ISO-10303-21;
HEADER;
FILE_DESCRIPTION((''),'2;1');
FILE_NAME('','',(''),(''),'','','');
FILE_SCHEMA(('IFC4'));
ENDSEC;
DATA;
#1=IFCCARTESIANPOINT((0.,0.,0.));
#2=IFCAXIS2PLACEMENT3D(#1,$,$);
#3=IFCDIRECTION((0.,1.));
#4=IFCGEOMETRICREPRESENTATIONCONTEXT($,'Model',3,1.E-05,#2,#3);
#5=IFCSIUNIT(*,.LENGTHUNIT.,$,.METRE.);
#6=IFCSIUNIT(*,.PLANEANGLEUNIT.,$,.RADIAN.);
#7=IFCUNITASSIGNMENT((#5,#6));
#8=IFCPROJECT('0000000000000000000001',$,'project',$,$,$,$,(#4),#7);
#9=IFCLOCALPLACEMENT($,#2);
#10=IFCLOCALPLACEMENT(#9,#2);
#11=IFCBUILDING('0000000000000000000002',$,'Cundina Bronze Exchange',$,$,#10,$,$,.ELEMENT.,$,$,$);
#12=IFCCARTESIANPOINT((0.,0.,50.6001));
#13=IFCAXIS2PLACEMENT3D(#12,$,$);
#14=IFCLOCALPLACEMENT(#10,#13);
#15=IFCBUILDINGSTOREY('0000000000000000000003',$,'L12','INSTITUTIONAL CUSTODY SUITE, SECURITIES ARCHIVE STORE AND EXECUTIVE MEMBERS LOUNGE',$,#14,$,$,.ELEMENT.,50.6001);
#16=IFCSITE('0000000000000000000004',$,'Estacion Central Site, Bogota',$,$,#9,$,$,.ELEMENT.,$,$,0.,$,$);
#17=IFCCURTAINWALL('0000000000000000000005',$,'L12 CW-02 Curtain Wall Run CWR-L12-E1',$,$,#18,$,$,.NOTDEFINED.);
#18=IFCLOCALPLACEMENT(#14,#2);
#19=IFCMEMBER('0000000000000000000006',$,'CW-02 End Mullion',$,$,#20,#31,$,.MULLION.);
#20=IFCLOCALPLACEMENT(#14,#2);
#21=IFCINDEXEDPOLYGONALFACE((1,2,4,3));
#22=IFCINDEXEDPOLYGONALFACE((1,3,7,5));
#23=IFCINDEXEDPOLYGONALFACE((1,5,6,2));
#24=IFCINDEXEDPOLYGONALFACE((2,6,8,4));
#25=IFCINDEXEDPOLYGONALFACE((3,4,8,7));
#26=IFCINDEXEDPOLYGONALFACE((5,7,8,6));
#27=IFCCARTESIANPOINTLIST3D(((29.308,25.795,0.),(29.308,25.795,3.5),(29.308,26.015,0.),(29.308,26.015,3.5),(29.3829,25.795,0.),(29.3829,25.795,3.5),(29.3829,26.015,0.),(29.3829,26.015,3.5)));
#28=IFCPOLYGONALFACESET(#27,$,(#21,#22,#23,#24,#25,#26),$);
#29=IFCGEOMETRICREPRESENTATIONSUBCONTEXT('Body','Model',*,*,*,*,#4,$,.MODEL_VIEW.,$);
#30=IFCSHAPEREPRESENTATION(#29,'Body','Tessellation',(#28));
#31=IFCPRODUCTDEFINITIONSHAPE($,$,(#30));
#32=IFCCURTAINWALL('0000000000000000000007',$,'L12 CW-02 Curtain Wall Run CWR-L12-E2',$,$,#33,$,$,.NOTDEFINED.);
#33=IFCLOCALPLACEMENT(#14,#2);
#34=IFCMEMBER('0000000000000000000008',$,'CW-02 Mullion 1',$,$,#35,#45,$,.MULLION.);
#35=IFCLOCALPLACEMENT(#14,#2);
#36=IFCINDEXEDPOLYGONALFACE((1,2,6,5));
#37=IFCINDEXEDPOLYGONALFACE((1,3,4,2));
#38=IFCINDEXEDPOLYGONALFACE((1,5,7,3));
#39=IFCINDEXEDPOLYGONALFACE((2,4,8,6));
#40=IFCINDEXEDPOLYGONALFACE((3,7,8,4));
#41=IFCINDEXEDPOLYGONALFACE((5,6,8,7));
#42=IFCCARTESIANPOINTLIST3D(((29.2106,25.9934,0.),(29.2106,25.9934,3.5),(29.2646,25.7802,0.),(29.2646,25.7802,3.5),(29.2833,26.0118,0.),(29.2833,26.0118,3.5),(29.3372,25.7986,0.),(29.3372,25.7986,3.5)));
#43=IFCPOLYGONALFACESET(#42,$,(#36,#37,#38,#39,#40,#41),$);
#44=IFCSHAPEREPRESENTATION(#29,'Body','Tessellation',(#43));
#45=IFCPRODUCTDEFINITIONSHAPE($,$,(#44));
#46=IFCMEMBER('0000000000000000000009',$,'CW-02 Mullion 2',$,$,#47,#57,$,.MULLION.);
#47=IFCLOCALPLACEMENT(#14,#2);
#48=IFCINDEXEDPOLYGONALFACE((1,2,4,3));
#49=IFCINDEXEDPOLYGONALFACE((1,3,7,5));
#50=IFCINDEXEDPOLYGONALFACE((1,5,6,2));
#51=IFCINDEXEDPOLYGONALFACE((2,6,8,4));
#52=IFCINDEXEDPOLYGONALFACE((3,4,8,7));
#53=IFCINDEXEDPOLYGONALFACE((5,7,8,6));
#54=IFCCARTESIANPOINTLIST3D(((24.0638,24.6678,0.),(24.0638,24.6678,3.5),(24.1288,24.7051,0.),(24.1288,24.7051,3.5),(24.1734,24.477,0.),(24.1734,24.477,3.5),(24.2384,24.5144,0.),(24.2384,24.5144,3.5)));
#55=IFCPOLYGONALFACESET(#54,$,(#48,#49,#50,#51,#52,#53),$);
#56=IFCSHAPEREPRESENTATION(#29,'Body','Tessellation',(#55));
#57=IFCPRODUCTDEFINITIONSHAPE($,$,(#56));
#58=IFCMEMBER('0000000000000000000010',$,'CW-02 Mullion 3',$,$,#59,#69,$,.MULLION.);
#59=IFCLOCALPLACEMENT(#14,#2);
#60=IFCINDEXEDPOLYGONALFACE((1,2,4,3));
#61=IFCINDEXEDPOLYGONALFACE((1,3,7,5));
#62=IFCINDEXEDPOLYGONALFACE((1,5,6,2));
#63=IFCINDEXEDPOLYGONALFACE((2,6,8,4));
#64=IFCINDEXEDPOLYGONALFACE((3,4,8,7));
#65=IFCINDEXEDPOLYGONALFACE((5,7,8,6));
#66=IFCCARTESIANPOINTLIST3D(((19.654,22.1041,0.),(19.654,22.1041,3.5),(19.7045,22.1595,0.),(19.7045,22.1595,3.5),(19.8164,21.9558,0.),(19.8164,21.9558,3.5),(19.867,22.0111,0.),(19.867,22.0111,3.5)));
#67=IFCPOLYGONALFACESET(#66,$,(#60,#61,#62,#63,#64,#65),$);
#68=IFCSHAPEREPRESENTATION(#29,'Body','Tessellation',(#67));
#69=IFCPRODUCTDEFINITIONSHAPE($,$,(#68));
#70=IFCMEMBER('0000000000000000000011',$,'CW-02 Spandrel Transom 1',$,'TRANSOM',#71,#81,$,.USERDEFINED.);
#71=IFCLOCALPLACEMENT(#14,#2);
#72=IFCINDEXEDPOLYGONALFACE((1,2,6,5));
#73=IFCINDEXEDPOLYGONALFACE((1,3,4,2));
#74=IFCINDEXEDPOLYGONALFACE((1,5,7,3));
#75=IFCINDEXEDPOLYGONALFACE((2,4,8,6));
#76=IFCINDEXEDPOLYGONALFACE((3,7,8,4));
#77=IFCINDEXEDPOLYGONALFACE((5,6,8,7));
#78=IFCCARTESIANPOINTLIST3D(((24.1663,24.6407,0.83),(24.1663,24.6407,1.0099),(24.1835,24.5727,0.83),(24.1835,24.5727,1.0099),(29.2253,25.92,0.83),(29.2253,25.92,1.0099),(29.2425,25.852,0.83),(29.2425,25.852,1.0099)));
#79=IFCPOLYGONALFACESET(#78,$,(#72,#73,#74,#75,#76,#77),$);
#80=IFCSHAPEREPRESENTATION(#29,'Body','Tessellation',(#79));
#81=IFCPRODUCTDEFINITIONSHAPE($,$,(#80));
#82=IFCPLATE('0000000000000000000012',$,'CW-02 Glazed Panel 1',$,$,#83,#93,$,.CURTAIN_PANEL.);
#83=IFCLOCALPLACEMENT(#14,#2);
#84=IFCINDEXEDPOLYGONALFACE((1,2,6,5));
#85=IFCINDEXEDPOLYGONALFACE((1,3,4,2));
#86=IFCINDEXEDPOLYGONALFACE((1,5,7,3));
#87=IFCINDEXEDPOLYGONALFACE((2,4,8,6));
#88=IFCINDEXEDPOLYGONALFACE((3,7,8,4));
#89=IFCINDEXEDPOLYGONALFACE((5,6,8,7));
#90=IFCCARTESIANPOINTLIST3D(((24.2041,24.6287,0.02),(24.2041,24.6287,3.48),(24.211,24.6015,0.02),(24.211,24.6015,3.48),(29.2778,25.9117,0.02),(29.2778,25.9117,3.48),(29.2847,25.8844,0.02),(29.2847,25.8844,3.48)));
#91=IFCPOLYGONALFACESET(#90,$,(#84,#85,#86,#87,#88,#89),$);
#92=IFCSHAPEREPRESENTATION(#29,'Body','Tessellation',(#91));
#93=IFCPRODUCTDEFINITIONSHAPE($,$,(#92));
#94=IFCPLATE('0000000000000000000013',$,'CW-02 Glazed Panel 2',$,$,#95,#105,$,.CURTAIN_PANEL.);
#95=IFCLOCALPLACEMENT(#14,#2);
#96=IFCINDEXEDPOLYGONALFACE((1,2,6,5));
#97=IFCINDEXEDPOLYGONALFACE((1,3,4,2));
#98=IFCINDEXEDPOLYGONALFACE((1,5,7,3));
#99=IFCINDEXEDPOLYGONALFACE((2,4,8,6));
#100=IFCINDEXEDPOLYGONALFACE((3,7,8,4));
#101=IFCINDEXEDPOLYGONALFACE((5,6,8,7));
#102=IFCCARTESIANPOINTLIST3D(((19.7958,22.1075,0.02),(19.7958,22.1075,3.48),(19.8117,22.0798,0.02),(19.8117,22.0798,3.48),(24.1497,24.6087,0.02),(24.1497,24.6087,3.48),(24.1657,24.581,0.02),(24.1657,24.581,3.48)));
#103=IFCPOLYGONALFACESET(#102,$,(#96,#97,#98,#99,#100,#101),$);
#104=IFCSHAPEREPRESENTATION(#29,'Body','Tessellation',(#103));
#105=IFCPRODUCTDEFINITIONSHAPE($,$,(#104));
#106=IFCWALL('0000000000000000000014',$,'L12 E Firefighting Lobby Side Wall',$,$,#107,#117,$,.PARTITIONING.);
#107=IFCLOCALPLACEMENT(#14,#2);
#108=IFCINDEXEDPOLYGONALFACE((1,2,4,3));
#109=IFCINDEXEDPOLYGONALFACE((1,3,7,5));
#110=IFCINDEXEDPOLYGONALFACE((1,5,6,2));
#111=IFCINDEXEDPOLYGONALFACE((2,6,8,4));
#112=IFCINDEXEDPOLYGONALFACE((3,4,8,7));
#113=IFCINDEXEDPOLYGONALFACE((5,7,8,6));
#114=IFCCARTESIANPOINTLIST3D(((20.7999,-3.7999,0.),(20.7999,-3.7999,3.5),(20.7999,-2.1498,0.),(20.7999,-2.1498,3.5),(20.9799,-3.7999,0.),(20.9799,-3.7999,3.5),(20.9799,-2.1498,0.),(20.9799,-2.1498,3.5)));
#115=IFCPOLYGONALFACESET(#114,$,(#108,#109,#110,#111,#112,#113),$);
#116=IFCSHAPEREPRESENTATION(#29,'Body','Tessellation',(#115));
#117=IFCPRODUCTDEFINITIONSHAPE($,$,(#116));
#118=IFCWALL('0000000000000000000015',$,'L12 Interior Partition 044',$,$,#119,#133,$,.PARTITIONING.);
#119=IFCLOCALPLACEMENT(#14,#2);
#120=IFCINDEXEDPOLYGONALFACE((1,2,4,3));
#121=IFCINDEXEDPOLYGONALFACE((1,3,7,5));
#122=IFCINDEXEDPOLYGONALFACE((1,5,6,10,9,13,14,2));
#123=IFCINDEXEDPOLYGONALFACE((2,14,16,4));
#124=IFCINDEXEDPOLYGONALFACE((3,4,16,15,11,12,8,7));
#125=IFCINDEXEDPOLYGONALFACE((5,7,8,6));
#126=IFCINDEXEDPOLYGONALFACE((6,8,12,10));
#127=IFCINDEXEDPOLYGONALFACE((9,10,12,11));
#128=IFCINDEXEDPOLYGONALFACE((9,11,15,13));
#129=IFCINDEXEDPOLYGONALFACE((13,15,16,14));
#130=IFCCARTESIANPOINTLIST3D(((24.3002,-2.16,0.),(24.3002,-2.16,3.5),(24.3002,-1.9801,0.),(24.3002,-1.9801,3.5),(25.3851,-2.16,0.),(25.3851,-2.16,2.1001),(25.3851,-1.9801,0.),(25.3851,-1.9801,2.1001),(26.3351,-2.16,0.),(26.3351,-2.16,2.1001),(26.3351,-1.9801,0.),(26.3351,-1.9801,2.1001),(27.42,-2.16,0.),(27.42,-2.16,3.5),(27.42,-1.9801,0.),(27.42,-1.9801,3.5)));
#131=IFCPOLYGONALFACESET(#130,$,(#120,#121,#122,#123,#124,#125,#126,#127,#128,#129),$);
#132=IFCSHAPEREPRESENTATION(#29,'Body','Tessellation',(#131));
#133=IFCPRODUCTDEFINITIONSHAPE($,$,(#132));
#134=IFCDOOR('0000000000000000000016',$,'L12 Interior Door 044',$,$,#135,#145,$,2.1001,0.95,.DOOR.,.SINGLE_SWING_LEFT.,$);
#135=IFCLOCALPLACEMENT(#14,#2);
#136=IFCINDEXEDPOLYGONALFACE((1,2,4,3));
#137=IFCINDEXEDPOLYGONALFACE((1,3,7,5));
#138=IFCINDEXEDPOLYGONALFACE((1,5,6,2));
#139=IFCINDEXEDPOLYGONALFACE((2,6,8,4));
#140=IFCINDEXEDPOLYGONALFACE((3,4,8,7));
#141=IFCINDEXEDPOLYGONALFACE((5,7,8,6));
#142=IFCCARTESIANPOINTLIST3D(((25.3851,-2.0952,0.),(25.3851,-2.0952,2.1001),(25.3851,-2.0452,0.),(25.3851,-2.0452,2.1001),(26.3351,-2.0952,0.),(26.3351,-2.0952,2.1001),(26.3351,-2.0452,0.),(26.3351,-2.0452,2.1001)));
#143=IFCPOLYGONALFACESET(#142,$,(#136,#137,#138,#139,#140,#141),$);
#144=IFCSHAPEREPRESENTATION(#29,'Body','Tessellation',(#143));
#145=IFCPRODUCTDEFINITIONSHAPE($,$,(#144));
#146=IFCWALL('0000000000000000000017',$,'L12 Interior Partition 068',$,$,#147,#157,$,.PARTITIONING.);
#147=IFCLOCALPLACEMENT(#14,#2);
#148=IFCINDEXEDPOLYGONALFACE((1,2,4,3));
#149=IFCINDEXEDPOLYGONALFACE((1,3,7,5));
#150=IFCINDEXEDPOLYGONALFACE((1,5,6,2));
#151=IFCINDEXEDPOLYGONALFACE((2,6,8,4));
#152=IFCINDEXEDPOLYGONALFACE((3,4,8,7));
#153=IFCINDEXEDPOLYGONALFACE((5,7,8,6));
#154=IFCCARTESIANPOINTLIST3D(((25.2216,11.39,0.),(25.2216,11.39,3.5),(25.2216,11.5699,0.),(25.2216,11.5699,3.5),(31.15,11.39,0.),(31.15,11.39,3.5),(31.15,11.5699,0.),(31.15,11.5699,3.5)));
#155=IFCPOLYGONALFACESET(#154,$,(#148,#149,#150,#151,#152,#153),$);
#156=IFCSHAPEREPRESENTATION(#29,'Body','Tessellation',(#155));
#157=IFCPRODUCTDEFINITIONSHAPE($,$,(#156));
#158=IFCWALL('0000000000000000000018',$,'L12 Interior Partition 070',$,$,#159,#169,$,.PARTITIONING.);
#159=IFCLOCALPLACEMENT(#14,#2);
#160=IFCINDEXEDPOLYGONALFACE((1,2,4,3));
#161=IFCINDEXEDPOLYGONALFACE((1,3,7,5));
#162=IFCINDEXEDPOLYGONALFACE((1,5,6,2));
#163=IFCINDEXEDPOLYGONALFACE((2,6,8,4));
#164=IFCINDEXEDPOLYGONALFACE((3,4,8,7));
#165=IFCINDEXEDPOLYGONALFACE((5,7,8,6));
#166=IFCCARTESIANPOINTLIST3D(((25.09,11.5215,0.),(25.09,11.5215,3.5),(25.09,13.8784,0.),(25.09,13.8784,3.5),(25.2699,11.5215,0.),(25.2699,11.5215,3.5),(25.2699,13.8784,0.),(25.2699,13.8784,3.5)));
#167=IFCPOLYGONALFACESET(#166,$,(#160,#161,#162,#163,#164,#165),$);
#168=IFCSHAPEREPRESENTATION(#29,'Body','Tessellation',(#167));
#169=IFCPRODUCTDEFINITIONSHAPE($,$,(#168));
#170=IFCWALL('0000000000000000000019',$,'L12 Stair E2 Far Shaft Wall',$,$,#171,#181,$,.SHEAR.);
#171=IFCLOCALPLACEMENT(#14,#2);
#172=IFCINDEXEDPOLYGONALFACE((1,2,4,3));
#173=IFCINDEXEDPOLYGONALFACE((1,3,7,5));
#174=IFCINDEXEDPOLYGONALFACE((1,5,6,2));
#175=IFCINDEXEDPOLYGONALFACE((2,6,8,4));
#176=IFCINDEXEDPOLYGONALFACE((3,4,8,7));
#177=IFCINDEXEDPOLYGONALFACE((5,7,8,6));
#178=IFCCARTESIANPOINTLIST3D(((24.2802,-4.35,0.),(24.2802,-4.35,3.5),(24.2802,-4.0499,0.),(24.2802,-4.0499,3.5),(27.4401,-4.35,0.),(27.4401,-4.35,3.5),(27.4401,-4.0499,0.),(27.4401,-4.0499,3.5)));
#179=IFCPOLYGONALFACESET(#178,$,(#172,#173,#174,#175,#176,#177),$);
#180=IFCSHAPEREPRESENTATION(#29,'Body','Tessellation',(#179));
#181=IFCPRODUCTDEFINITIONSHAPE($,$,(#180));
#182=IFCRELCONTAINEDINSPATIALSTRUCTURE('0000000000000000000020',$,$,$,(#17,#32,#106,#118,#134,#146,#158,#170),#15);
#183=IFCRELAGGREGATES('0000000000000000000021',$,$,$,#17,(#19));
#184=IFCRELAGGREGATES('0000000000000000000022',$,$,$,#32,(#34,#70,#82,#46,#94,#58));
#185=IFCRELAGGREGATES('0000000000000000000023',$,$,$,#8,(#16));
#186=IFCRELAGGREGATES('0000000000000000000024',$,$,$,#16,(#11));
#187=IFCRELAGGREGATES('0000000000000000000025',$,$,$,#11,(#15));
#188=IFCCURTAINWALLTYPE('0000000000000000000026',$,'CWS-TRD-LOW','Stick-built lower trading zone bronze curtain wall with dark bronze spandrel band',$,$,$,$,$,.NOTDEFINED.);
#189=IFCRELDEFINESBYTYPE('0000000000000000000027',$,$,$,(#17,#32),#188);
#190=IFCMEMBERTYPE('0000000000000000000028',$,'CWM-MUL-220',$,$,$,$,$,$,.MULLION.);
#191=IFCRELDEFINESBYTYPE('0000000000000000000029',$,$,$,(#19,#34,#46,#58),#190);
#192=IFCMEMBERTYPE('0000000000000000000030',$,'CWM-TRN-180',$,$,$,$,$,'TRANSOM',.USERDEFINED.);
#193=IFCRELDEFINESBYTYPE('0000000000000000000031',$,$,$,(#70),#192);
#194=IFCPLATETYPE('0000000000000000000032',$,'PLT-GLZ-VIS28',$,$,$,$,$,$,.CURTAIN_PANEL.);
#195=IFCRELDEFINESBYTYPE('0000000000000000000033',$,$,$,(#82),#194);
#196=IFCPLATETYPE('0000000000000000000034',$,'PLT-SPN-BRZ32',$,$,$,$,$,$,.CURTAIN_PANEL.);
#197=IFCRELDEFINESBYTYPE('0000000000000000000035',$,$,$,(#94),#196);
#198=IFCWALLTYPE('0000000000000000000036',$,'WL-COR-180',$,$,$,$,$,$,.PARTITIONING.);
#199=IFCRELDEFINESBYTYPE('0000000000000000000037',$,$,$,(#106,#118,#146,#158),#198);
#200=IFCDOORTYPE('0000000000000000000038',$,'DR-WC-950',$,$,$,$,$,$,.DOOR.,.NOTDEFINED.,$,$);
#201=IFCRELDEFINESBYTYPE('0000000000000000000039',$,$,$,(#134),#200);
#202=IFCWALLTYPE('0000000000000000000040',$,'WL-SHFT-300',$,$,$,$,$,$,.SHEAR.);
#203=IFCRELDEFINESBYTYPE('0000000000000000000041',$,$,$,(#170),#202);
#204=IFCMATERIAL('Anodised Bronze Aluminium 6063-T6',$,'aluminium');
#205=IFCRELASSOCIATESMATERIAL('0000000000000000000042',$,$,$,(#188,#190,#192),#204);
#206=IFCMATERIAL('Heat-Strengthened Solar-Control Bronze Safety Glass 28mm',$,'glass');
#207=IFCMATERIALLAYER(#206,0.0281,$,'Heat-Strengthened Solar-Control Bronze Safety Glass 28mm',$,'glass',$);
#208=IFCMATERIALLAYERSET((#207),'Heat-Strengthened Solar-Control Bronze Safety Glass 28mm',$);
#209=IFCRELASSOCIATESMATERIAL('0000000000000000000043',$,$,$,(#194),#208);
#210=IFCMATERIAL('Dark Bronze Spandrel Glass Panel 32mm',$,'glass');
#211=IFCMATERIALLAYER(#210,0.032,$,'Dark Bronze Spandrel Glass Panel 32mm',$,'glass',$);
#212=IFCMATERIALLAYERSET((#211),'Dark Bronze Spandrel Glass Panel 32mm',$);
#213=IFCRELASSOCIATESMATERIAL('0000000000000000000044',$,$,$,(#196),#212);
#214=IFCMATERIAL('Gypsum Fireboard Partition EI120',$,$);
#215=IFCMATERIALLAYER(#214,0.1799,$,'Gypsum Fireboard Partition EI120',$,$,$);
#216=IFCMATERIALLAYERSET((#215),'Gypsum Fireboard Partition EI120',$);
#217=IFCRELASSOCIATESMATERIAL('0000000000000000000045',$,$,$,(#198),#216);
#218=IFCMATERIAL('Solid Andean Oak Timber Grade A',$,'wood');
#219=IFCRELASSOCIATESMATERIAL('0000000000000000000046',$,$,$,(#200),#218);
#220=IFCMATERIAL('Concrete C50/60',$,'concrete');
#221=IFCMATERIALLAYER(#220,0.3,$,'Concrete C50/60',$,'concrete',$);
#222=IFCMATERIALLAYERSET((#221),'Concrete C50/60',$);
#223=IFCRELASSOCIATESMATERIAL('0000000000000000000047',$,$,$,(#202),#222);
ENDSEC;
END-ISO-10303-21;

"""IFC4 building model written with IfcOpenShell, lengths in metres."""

from ifc_helpers import new_model, si_unit, direction, frame, frame_2d, origin, origin_2d, place, context, subcontext, project, spatial, rectangle, extrude, material, layer, layer_set, material_profile, profile_set, type_object, element, fill, aggregate, save


model = new_model("IFC4")

# Units and contexts
model_context = context("Model", 3, precision=1e-05, world=origin(), true_north=direction((0.0, 1.0)))
body_context = subcontext(model_context, "Body", "Model", "MODEL_VIEW")
ifc_project = project(units=[si_unit("LENGTHUNIT", "METRE"), si_unit("PLANEANGLEUNIT", "RADIAN")], contexts=[model_context])

# Site, building, storey
site_placement = place(None, origin())
site = spatial("IfcSite", under=ifc_project, at=site_placement, Name="Estacion Central Site, Bogota", CompositionType="ELEMENT", RefElevation=0.0)
building_placement = place(site_placement, origin())
building = spatial("IfcBuilding", under=site, at=building_placement, Name="Cundina Bronze Exchange", CompositionType="ELEMENT")
storey_placement = place(building_placement, frame((0.0, 0.0, 50.6001)))
storey = spatial("IfcBuildingStorey", under=building, at=storey_placement, Name="L12", Description="INSTITUTIONAL CUSTODY SUITE, SECURITIES ARCHIVE STORE AND EXECUTIVE MEMBERS LOUNGE", CompositionType="ELEMENT", Elevation=50.6001)

# Curtain wall, member
ifc_material_1 = material(Name="Anodised Bronze Aluminium 6063-T6", Category="aluminium")
curtain_wall_type = type_object("IfcCurtainWallType", Name="CWS-TRD-LOW", Description="Stick-built lower trading zone bronze curtain wall with dark bronze spandrel band", PredefinedType="NOTDEFINED", material=ifc_material_1)
curtain_wall_1_placement = place(storey_placement, origin())
curtain_wall_1 = element("IfcCurtainWall", 1, at=curtain_wall_1_placement, inside=storey, type_object=curtain_wall_type, Name="L12 CW-02 Curtain Wall Run CWR-L12-E1", PredefinedType="NOTDEFINED")
ifc_material_profile_1 = material_profile(ifc_material_1, rectangle(XDim=0.075, YDim=0.22, at=origin_2d()), Name="AL75X220", Category="aluminium")
ifc_profile_set_1 = profile_set([ifc_material_profile_1], Name="Anodised Bronze Aluminium 6063-T6")
member_type_1 = type_object("IfcMemberType", Name="CWM-MUL-220", PredefinedType="MULLION", material=ifc_profile_set_1)
member_1_placement = place(storey_placement, frame((29.3455, 25.905, 0.0), z_axis=(0.0, 0.0, 1.0), x_axis=(-1.0, 0.0, 0.0)))
member_1 = element("IfcMember", 2, at=member_1_placement, type_object=member_type_1, Name="CW-02 End Mullion", PredefinedType="MULLION", context=body_context, shape_type="SweptSolid", body=[
    extrude(rectangle(XDim=0.075, YDim=0.22, at=origin_2d()), origin(), (0.0, 0.0, 1.0), 3.5),
])
aggregate(curtain_wall_1, [member_1])

# Curtain wall, members, plates
curtain_wall_2_placement = place(storey_placement, origin())
curtain_wall_2 = element("IfcCurtainWall", 3, at=curtain_wall_2_placement, inside=storey, type_object=curtain_wall_type, Name="L12 CW-02 Curtain Wall Run CWR-L12-E2", PredefinedType="NOTDEFINED")
member_2_placement = place(storey_placement, frame((29.2739, 25.896, 0.0), z_axis=(0.0, 0.0, 1.0), x_axis=(-0.969488, -0.245138, 0.0)))
member_2 = element("IfcMember", 4, at=member_2_placement, type_object=member_type_1, Name="CW-02 Mullion 1", PredefinedType="MULLION", context=body_context, shape_type="SweptSolid", body=[
    extrude(rectangle(XDim=0.075, YDim=0.22, at=origin_2d()), origin(), (0.0, 0.0, 1.0), 3.5),
])
member_3_placement = place(storey_placement, frame((24.1511, 24.5911, 0.0), z_axis=(0.0, 0.0, 1.0), x_axis=(-0.867071, -0.498185, 0.0)))
member_3 = element("IfcMember", 5, at=member_3_placement, type_object=member_type_1, Name="CW-02 Mullion 2", PredefinedType="MULLION", context=body_context, shape_type="SweptSolid", body=[
    extrude(rectangle(XDim=0.075, YDim=0.22, at=origin_2d()), origin(), (0.0, 0.0, 1.0), 3.5),
])
member_4_placement = place(storey_placement, frame((19.7605, 22.0576, 0.0), z_axis=(0.0, 0.0, 1.0), x_axis=(-0.674302, -0.738455, 0.0)))
member_4 = element("IfcMember", 6, at=member_4_placement, type_object=member_type_1, Name="CW-02 Mullion 3", PredefinedType="MULLION", context=body_context, shape_type="SweptSolid", body=[
    extrude(rectangle(XDim=0.075, YDim=0.22, at=origin_2d()), origin(), (0.0, 0.0, 1.0), 3.5),
])
ifc_material_profile_2 = material_profile(ifc_material_1, rectangle(XDim=0.0701, YDim=0.1799, at=origin_2d()), Name="AL70X180", Category="aluminium")
ifc_profile_set_2 = profile_set([ifc_material_profile_2], Name="Anodised Bronze Aluminium 6063-T6")
member_type_2 = type_object("IfcMemberType", Name="CWM-TRN-180", ElementType="TRANSOM", PredefinedType="USERDEFINED", material=ifc_profile_set_2)
member_5_placement = place(storey_placement, frame((29.2339, 25.886, 0.9199), z_axis=(-0.969484, -0.245155, 0.0), x_axis=(0.245155, -0.969484, 0.0)))
member_5 = element("IfcMember", 7, at=member_5_placement, type_object=member_type_2, Name="CW-02 Spandrel Transom 1", ObjectType="TRANSOM", PredefinedType="USERDEFINED", context=body_context, shape_type="SweptSolid", body=[
    extrude(rectangle(XDim=0.0701, YDim=0.1799, at=origin_2d()), origin(), (0.0, 0.0, 1.0), 5.2183),
])
ifc_material_2 = material(Name="Heat-Strengthened Solar-Control Bronze Safety Glass 28mm", Category="glass")
ifc_layer_1 = layer(ifc_material_2, 0.0281, Name="Heat-Strengthened Solar-Control Bronze Safety Glass 28mm", Category="glass")
ifc_layer_set_1 = layer_set([ifc_layer_1], Name="Heat-Strengthened Solar-Control Bronze Safety Glass 28mm")
plate_type_1 = type_object("IfcPlateType", Name="PLT-GLZ-VIS28", PredefinedType="CURTAIN_PANEL", material=ifc_layer_set_1)
plate_1_placement = place(storey_placement, frame((26.7444, 25.2566, 0.02), z_axis=(0.0, 0.0, 1.0), x_axis=(-0.969488, -0.245138, 0.0)))
plate_1 = element("IfcPlate", 8, at=plate_1_placement, type_object=plate_type_1, Name="CW-02 Glazed Panel 1", PredefinedType="CURTAIN_PANEL", context=body_context, shape_type="SweptSolid", body=[
    extrude(rectangle(XDim=5.2334, YDim=0.0281, at=origin_2d()), origin(), (0.0, 0.0, 1.0), 3.46),
])
ifc_material_3 = material(Name="Dark Bronze Spandrel Glass Panel 32mm", Category="glass")
ifc_layer_2 = layer(ifc_material_3, 0.032, Name="Dark Bronze Spandrel Glass Panel 32mm", Category="glass")
ifc_layer_set_2 = layer_set([ifc_layer_2], Name="Dark Bronze Spandrel Glass Panel 32mm")
plate_type_2 = type_object("IfcPlateType", Name="PLT-SPN-BRZ32", PredefinedType="CURTAIN_PANEL", material=ifc_layer_set_2)
plate_2_placement = place(storey_placement, frame((21.9807, 23.3442, 0.02), z_axis=(0.0, 0.0, 1.0), x_axis=(-0.867105, -0.498125, 0.0)))
plate_2 = element("IfcPlate", 9, at=plate_2_placement, type_object=plate_type_2, Name="CW-02 Glazed Panel 2", PredefinedType="CURTAIN_PANEL", context=body_context, shape_type="SweptSolid", body=[
    extrude(rectangle(XDim=5.0212, YDim=0.032, at=origin_2d()), origin(), (0.0, 0.0, 1.0), 3.46),
])
aggregate(curtain_wall_2, [member_2, member_5, plate_1, member_3, plate_2, member_4])

# Wall
ifc_material_4 = material(Name="Gypsum Fireboard Partition EI120")
ifc_layer_3 = layer(ifc_material_4, 0.1799, Name="Gypsum Fireboard Partition EI120")
ifc_layer_set_3 = layer_set([ifc_layer_3], Name="Gypsum Fireboard Partition EI120")
wall_type_1 = type_object("IfcWallType", Name="WL-COR-180", PredefinedType="PARTITIONING", material=ifc_layer_set_3)
wall_1_placement = place(storey_placement, frame((20.8899, -3.8, 0.0), z_axis=(0.0, 0.0, 1.0), x_axis=(0.0, 1.0, 0.0)))
element("IfcWall", 10, at=wall_1_placement, inside=storey, type_object=wall_type_1, Name="L12 E Firefighting Lobby Side Wall", PredefinedType="PARTITIONING", context=body_context, shape_type="SweptSolid", body=[
    extrude(rectangle(XDim=1.6501, YDim=0.1799, at=frame_2d((0.8252, 0.0))), origin(), (0.0, 0.0, 1.0), 3.5),
])

# Wall, opening, door
wall_2_placement = place(storey_placement, frame((24.3, -2.0701, 0.0), z_axis=(0.0, 0.0, 1.0), x_axis=(1.0, 0.0, 0.0)))
wall_2 = element("IfcWall", 11, at=wall_2_placement, inside=storey, type_object=wall_type_1, Name="L12 Interior Partition 044", PredefinedType="PARTITIONING", context=body_context, shape_type="SweptSolid", body=[
    extrude(rectangle(XDim=3.1199, YDim=0.1799, at=frame_2d((1.5601, 0.0))), origin(), (0.0, 0.0, 1.0), 3.5),
])
opening_1_placement = place(wall_2_placement, frame((1.085, 0.0, 0.0)))
opening_1 = element("IfcOpeningElement", 12, at=opening_1_placement, cuts=wall_2, PredefinedType="OPENING", context=body_context, shape_type="SweptSolid", body=[
    extrude(rectangle(XDim=0.95, YDim=2.1001, at=frame_2d((0.4751, 1.05))), frame((0.0, 0.0999, 0.0), z_axis=(0.0, -1.0, 0.0), x_axis=(1.0, 0.0, 0.0)), (0.0, 0.0, 1.0), 0.2),
])
ifc_material_5 = material(Name="Solid Andean Oak Timber Grade A", Category="wood")
door_type_1 = type_object("IfcDoorType", Name="DR-WC-950", OperationType="NOTDEFINED", PredefinedType="DOOR", material=ifc_material_5)
door_1_placement = place(opening_1_placement, origin())
door_1 = element("IfcDoor", 13, at=door_1_placement, inside=storey, type_object=door_type_1, Name="L12 Interior Door 044", OperationType="SINGLE_SWING_LEFT", OverallHeight=2.1001, OverallWidth=0.95, PredefinedType="DOOR", context=body_context, shape_type="SweptSolid", body=[
    extrude(rectangle(XDim=0.95, YDim=2.1001, at=frame_2d((0.4751, 1.05))), frame((0.0, 0.0249, 0.0), z_axis=(0.0, -1.0, 0.0), x_axis=(1.0, 0.0, 0.0)), (0.0, 0.0, 1.0), 0.05),
])
fill(opening_1, door_1)

# Walls
wall_3_placement = place(storey_placement, frame((25.2214, 11.48, 0.0), z_axis=(0.0, 0.0, 1.0), x_axis=(1.0, 0.0, 0.0)))
element("IfcWall", 14, at=wall_3_placement, inside=storey, type_object=wall_type_1, Name="L12 Interior Partition 068", PredefinedType="PARTITIONING", context=body_context, shape_type="SweptSolid", body=[
    extrude(rectangle(XDim=5.9285, YDim=0.1799, at=frame_2d((2.9644, 0.0))), origin(), (0.0, 0.0, 1.0), 3.5),
])
wall_4_placement = place(storey_placement, frame((25.1799, 13.8784, 0.0), z_axis=(0.0, 0.0, 1.0), x_axis=(0.0, -1.0, 0.0)))
element("IfcWall", 15, at=wall_4_placement, inside=storey, type_object=wall_type_1, Name="L12 Interior Partition 070", PredefinedType="PARTITIONING", context=body_context, shape_type="SweptSolid", body=[
    extrude(rectangle(XDim=2.3569, YDim=0.1799, at=frame_2d((1.1785, 0.0))), origin(), (0.0, 0.0, 1.0), 3.5),
])

# Shared definitions
ifc_material_6 = material(Name="Concrete C50/60", Category="concrete")
ifc_layer_4 = layer(ifc_material_6, 0.3, Name="Concrete C50/60", Category="concrete")
ifc_layer_set_4 = layer_set([ifc_layer_4], Name="Concrete C50/60")
wall_type_2 = type_object("IfcWallType", Name="WL-SHFT-300", PredefinedType="SHEAR", material=ifc_layer_set_4)

# Wall
wall_5_placement = place(storey_placement, frame((24.28, -4.2, 0.0), z_axis=(0.0, 0.0, 1.0), x_axis=(1.0, 0.0, 0.0)))
element("IfcWall", 16, at=wall_5_placement, inside=storey, type_object=wall_type_2, Name="L12 Stair E2 Far Shaft Wall", PredefinedType="SHEAR", context=body_context, shape_type="SweptSolid", body=[
    extrude(rectangle(XDim=3.1599, YDim=0.3, at=frame_2d((1.5801, 0.0))), origin(), (0.0, 0.0, 1.0), 3.5),
])

save(model, "model.ifc")
